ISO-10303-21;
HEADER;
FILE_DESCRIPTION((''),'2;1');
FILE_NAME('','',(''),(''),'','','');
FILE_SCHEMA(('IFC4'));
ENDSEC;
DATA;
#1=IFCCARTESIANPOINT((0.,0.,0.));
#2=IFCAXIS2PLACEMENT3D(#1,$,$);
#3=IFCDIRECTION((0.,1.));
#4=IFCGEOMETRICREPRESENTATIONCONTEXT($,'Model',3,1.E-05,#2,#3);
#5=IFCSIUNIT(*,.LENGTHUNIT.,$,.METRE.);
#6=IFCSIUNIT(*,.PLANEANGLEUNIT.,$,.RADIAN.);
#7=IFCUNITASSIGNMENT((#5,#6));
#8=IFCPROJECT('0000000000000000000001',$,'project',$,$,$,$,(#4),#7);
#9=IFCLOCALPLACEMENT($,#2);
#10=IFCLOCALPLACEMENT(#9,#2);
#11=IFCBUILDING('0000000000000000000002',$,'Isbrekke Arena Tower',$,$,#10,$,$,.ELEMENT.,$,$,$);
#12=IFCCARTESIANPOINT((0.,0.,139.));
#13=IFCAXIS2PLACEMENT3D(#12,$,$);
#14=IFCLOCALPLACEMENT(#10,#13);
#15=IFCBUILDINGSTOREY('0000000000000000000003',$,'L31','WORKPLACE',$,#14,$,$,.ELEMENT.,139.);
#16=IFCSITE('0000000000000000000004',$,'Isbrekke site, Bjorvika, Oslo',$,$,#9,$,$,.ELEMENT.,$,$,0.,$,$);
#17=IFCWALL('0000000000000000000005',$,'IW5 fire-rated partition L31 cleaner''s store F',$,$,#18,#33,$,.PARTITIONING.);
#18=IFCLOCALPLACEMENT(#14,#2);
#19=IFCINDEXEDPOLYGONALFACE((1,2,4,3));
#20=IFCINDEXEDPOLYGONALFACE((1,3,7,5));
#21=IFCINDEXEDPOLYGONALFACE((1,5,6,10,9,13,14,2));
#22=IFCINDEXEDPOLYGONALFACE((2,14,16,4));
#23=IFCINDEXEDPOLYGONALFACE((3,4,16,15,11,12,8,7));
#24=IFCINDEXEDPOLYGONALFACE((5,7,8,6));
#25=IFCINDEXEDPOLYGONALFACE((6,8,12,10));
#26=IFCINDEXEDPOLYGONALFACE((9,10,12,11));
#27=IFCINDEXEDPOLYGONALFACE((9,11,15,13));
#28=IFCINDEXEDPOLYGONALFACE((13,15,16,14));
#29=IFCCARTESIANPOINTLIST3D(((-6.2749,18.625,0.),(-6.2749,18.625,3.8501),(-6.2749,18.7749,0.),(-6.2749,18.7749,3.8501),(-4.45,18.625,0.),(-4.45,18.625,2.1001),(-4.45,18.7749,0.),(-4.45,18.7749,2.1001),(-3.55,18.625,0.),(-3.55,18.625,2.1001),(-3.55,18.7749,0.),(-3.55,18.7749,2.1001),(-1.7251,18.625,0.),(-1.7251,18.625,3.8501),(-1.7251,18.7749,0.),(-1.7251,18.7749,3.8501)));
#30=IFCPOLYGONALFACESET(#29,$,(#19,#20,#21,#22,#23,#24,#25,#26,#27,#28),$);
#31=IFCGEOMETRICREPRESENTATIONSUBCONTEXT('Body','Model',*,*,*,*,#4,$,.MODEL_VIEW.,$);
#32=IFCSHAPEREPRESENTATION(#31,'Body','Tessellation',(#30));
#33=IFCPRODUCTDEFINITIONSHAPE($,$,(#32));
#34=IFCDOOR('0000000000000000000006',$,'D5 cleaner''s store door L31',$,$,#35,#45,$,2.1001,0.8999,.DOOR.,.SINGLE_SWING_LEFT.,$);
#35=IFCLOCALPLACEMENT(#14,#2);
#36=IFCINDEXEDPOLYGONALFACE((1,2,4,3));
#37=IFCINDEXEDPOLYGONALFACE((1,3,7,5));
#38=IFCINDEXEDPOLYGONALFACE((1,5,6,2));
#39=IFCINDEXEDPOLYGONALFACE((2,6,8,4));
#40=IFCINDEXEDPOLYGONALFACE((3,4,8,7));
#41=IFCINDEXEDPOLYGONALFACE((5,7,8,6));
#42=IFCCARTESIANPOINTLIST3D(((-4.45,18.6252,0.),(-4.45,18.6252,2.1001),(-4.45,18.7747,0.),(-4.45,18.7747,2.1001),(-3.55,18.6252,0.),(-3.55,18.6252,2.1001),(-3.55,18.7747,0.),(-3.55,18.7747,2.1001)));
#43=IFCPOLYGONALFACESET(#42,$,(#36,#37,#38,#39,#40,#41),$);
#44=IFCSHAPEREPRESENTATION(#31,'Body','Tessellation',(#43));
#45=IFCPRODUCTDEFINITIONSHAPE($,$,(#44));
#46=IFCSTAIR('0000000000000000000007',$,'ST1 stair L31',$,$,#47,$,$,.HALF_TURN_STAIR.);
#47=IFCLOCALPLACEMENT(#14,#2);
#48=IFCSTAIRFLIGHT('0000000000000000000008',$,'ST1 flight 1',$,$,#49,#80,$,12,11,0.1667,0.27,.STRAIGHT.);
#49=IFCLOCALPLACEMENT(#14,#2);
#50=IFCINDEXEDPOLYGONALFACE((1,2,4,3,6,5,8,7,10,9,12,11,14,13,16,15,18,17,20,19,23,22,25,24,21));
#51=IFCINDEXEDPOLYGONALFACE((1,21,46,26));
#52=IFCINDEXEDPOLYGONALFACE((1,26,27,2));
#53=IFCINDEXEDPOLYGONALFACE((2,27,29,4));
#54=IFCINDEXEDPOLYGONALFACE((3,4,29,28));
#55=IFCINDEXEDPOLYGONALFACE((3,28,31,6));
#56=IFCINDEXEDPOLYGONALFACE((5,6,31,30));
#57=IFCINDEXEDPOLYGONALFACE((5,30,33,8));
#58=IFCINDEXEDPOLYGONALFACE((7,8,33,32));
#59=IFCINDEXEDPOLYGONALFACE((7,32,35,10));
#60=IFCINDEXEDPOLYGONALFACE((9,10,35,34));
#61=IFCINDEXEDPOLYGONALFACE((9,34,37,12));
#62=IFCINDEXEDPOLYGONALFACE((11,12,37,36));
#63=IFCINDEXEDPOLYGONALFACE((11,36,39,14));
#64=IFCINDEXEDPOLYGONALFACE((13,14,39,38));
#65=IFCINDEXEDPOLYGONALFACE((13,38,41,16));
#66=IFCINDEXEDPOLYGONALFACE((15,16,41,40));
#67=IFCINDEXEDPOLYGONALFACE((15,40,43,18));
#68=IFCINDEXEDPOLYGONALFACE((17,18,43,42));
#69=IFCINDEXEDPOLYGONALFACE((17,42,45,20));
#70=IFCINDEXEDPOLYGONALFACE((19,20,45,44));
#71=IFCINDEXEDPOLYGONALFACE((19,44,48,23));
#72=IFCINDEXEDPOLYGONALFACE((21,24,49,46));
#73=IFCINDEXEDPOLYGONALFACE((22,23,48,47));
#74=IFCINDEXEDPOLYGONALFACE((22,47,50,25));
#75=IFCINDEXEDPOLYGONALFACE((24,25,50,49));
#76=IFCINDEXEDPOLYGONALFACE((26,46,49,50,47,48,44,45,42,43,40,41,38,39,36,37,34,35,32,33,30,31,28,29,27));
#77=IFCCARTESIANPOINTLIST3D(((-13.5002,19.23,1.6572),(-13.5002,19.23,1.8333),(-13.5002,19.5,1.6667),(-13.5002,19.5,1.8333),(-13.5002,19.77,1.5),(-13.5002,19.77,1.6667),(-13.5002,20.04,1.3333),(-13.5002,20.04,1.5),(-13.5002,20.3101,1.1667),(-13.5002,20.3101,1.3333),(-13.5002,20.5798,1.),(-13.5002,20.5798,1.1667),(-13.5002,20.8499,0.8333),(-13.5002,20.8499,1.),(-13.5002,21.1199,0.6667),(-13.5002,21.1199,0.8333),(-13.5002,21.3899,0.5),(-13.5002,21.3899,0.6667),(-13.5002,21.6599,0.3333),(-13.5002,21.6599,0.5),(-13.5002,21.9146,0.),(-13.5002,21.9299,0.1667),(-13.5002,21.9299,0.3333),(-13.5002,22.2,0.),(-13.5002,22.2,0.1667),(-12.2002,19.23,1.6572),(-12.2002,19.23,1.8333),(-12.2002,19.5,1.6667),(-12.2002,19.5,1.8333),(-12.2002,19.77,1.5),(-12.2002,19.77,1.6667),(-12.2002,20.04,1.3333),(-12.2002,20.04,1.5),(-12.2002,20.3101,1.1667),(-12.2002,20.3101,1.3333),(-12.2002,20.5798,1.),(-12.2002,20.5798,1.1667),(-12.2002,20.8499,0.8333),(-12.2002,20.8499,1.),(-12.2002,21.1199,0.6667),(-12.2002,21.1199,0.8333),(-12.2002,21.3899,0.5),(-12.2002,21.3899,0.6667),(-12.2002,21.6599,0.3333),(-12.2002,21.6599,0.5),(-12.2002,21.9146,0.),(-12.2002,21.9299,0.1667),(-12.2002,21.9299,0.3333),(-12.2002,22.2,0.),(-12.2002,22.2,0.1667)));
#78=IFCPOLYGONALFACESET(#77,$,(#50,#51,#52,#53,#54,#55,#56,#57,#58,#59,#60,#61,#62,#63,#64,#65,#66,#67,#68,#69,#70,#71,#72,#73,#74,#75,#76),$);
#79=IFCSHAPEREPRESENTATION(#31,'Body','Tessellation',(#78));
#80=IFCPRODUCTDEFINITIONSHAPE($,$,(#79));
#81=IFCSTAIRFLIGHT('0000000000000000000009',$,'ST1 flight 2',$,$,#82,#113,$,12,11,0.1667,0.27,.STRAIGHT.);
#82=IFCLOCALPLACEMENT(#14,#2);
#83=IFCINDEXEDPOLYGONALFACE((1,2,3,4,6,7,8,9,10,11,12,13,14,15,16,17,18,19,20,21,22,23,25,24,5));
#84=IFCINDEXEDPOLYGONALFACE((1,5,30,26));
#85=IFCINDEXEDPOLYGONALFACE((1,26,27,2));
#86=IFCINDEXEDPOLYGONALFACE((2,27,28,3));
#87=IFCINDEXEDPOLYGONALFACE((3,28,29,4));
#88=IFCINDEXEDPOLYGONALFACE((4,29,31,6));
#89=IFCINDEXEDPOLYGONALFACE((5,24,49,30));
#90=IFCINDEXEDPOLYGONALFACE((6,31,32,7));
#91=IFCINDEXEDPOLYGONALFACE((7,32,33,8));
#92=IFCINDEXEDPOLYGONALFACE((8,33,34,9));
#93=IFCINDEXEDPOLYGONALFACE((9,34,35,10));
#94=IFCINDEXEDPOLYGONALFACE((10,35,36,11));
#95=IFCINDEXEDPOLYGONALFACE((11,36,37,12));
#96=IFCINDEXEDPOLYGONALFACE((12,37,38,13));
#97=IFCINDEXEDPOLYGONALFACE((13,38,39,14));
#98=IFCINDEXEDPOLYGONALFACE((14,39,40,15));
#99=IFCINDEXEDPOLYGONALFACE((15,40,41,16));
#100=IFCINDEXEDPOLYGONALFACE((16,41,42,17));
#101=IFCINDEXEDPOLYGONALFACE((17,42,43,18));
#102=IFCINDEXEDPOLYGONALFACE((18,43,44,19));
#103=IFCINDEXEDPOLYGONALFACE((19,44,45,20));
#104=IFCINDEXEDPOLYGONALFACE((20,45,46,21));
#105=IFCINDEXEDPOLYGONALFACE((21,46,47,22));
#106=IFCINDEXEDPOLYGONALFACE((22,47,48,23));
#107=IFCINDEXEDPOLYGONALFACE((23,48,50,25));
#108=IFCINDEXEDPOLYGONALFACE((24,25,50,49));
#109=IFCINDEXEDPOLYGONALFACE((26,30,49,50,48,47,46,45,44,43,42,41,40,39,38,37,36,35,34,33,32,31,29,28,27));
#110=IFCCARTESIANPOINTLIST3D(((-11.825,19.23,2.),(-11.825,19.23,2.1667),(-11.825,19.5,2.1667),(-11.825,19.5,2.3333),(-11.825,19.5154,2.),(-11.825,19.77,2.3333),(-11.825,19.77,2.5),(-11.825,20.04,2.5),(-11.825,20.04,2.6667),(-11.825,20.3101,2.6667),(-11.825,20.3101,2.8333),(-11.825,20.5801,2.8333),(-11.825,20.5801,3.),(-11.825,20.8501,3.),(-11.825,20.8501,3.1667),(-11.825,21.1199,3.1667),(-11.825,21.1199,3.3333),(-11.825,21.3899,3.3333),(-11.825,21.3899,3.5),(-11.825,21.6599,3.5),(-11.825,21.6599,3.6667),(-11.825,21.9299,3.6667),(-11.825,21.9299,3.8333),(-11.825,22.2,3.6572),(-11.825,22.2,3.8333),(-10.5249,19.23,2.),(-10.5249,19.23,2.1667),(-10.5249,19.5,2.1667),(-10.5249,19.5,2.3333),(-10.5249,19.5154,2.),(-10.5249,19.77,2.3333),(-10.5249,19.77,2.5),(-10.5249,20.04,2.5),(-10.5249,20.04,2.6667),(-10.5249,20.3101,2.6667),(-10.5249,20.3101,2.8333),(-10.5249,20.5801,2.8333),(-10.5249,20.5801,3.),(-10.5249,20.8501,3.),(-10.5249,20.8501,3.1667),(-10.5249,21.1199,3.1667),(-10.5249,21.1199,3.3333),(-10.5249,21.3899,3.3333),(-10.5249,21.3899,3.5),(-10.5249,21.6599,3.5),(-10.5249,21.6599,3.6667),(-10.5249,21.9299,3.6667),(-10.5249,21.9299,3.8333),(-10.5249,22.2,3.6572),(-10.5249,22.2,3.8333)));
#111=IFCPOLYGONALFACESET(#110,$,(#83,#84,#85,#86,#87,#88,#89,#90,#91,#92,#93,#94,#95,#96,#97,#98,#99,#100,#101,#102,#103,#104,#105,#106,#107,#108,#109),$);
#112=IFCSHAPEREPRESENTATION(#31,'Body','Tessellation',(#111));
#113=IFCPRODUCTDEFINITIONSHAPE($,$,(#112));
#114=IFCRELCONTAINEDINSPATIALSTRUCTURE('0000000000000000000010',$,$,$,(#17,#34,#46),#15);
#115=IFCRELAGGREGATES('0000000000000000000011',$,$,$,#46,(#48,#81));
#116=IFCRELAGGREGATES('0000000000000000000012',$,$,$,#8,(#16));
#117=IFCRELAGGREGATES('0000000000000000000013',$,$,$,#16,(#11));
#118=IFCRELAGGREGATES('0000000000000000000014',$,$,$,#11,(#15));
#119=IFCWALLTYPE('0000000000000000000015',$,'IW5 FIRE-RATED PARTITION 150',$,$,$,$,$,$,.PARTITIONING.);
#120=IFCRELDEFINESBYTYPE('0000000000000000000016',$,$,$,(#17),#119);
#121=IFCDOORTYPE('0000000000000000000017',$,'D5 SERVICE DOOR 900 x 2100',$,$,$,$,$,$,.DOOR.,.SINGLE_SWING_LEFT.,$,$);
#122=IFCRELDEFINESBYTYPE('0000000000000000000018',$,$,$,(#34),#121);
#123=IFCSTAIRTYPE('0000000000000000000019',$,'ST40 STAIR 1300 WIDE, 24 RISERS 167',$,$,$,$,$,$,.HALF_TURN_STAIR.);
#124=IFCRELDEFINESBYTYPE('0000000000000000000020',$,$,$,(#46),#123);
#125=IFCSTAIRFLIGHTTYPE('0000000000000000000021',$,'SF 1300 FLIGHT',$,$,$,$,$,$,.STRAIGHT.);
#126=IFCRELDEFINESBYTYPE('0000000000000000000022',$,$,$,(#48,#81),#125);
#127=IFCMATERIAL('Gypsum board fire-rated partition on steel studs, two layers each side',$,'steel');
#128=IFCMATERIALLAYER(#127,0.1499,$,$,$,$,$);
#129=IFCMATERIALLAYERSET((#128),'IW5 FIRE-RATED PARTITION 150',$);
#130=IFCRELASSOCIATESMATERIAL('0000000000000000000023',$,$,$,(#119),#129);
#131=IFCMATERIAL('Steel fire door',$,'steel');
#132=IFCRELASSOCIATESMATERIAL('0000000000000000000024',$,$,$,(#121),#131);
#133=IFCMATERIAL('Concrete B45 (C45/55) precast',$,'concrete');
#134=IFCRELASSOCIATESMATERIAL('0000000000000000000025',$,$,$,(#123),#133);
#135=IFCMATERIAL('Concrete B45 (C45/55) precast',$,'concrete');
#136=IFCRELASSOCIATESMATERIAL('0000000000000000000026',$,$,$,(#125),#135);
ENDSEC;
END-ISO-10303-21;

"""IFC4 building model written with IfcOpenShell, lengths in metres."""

from ifc_helpers import new_model, si_unit, direction, frame, frame_2d, origin, place, context, subcontext, project, spatial, polyline, rectangle, outline, extrude, material, layer, layer_set, type_object, element, fill, aggregate, save


model = new_model("IFC4")

# Units and contexts
model_context = context("Model", 3, precision=1e-05, world=origin(), true_north=direction((0.0, 1.0)))
body_context = subcontext(model_context, "Body", "Model", "MODEL_VIEW")
ifc_project = project(units=[si_unit("LENGTHUNIT", "METRE"), si_unit("PLANEANGLEUNIT", "RADIAN")], contexts=[model_context])

# Site, building, storey
site_placement = place(None, origin())
site = spatial("IfcSite", under=ifc_project, at=site_placement, Name="Isbrekke site, Bjorvika, Oslo", CompositionType="ELEMENT", RefElevation=0.0)
building_placement = place(site_placement, origin())
building = spatial("IfcBuilding", under=site, at=building_placement, Name="Isbrekke Arena Tower", CompositionType="ELEMENT")
storey_placement = place(building_placement, frame((0.0, 0.0, 139.0)))
storey = spatial("IfcBuildingStorey", under=building, at=storey_placement, Name="L31", Description="WORKPLACE", CompositionType="ELEMENT", Elevation=139.0)

# Wall, opening, door
ifc_material_1 = material(Name="Gypsum board fire-rated partition on steel studs, two layers each side", Category="steel")
ifc_layer_1 = layer(ifc_material_1, 0.1499)
ifc_layer_set_1 = layer_set([ifc_layer_1], Name="IW5 FIRE-RATED PARTITION 150")
wall_type_1 = type_object("IfcWallType", Name="IW5 FIRE-RATED PARTITION 150", PredefinedType="PARTITIONING", material=ifc_layer_set_1)
wall_1_placement = place(storey_placement, frame((-6.2749, 18.7, 0.0), z_axis=(0.0, 0.0, 1.0), x_axis=(1.0, 0.0, 0.0)))
wall_1 = element("IfcWall", 1, at=wall_1_placement, inside=storey, type_object=wall_type_1, Name="IW5 fire-rated partition L31 cleaner's store F", PredefinedType="PARTITIONING", context=body_context, shape_type="SweptSolid", body=[
    extrude(rectangle(XDim=4.5498, YDim=0.1499, at=frame_2d((2.2749, 0.0))), origin(), (0.0, 0.0, 1.0), 3.8501),
])
opening_1_placement = place(wall_1_placement, frame((1.825, 0.0, 0.0)))
opening_1 = element("IfcOpeningElement", 2, at=opening_1_placement, cuts=wall_1, PredefinedType="OPENING", context=body_context, shape_type="SweptSolid", body=[
    extrude(rectangle(XDim=0.8999, YDim=2.1001, at=frame_2d((0.45, 1.05))), frame((0.0, 0.0898, 0.0), z_axis=(0.0, -1.0, 0.0), x_axis=(1.0, 0.0, 0.0)), (0.0, 0.0, 1.0), 0.1797),
])
ifc_material_2 = material(Name="Steel fire door", Category="steel")
door_type_1 = type_object("IfcDoorType", Name="D5 SERVICE DOOR 900 x 2100", OperationType="SINGLE_SWING_LEFT", PredefinedType="DOOR", material=ifc_material_2)
door_1_placement = place(opening_1_placement, origin())
door_1 = element("IfcDoor", 3, at=door_1_placement, inside=storey, type_object=door_type_1, Name="D5 cleaner's store door L31", OperationType="SINGLE_SWING_LEFT", OverallHeight=2.1001, OverallWidth=0.8999, PredefinedType="DOOR", context=body_context, shape_type="SweptSolid", body=[
    extrude(rectangle(XDim=0.8999, YDim=2.1001, at=frame_2d((0.45, 1.05))), frame((0.0, 0.0747, 0.0), z_axis=(0.0, -1.0, 0.0), x_axis=(1.0, 0.0, 0.0)), (0.0, 0.0, 1.0), 0.1494),
])
fill(opening_1, door_1)

# Stair, stair flights
ifc_material_3 = material(Name="Concrete B45 (C45/55) precast", Category="concrete")
stair_type = type_object("IfcStairType", Name="ST40 STAIR 1300 WIDE, 24 RISERS 167", PredefinedType="HALF_TURN_STAIR", material=ifc_material_3)
stair_placement = place(storey_placement, origin())
stair = element("IfcStair", 4, at=stair_placement, inside=storey, type_object=stair_type, Name="ST1 stair L31", PredefinedType="HALF_TURN_STAIR")
ifc_material_4 = material(Name="Concrete B45 (C45/55) precast", Category="concrete")
stair_flight_type = type_object("IfcStairFlightType", Name="SF 1300 FLIGHT", PredefinedType="STRAIGHT", material=ifc_material_4)
stair_flight_1_placement = place(storey_placement, frame((-12.8501, 22.2, 0.0), z_axis=(0.0, 0.0, 1.0), x_axis=(0.0, -1.0, 0.0)))
stair_flight_1 = element("IfcStairFlight", 5, at=stair_flight_1_placement, type_object=stair_flight_type, Name="ST1 flight 1", NumberOfRisers=12, NumberOfTreads=11, PredefinedType="STRAIGHT", RiserHeight=0.1667, TreadLength=0.27, context=body_context, shape_type="SweptSolid", body=[
    extrude(outline(polyline([(0.0, 0.0), (0.0, 0.1667), (0.27, 0.1667), (0.27, 0.3333), (0.54, 0.3333), (0.54, 0.5), (0.8101, 0.5), (0.8101, 0.6667), (1.0801, 0.6667), (1.0801, 0.8333), (1.3501, 0.8333), (1.3501, 1.0), (1.6201, 1.0), (1.6201, 1.1667), (1.8899, 1.1667), (1.8899, 1.3333), (2.1599, 1.3333), (2.1599, 1.5), (2.4299, 1.5), (2.4299, 1.6667), (2.7, 1.6667), (2.7, 1.8333), (2.97, 1.8333), (2.97, 2.0), (2.97, 1.6572), (0.2854, 0.0), (0.0, 0.0)])), frame((0.0, 0.6499, 0.0), z_axis=(0.0, -1.0, 0.0), x_axis=(1.0, 0.0, 0.0)), (0.0, 0.0, 1.0), 1.3),
])
stair_flight_2_placement = place(storey_placement, frame((-11.175, 19.23, 2.0), z_axis=(0.0, 0.0, 1.0), x_axis=(0.0, 1.0, 0.0)))
stair_flight_2 = element("IfcStairFlight", 6, at=stair_flight_2_placement, type_object=stair_flight_type, Name="ST1 flight 2", NumberOfRisers=12, NumberOfTreads=11, PredefinedType="STRAIGHT", RiserHeight=0.1667, TreadLength=0.27, context=body_context, shape_type="SweptSolid", body=[
    extrude(outline(polyline([(0.0, 0.0), (0.0, 0.1667), (0.27, 0.1667), (0.27, 0.3333), (0.54, 0.3333), (0.54, 0.5), (0.8101, 0.5), (0.8101, 0.6667), (1.0801, 0.6667), (1.0801, 0.8333), (1.3501, 0.8333), (1.3501, 1.0), (1.6201, 1.0), (1.6201, 1.1667), (1.8899, 1.1667), (1.8899, 1.3333), (2.1599, 1.3333), (2.1599, 1.5), (2.4299, 1.5), (2.4299, 1.6667), (2.7, 1.6667), (2.7, 1.8333), (2.97, 1.8333), (2.97, 2.0), (2.97, 1.6572), (0.2854, 0.0), (0.0, 0.0)])), frame((0.0, 0.6499, 0.0), z_axis=(0.0, -1.0, 0.0), x_axis=(1.0, 0.0, 0.0)), (0.0, 0.0, 1.0), 1.3),
])
aggregate(stair, [stair_flight_1, stair_flight_2])

save(model, "model.ifc")
